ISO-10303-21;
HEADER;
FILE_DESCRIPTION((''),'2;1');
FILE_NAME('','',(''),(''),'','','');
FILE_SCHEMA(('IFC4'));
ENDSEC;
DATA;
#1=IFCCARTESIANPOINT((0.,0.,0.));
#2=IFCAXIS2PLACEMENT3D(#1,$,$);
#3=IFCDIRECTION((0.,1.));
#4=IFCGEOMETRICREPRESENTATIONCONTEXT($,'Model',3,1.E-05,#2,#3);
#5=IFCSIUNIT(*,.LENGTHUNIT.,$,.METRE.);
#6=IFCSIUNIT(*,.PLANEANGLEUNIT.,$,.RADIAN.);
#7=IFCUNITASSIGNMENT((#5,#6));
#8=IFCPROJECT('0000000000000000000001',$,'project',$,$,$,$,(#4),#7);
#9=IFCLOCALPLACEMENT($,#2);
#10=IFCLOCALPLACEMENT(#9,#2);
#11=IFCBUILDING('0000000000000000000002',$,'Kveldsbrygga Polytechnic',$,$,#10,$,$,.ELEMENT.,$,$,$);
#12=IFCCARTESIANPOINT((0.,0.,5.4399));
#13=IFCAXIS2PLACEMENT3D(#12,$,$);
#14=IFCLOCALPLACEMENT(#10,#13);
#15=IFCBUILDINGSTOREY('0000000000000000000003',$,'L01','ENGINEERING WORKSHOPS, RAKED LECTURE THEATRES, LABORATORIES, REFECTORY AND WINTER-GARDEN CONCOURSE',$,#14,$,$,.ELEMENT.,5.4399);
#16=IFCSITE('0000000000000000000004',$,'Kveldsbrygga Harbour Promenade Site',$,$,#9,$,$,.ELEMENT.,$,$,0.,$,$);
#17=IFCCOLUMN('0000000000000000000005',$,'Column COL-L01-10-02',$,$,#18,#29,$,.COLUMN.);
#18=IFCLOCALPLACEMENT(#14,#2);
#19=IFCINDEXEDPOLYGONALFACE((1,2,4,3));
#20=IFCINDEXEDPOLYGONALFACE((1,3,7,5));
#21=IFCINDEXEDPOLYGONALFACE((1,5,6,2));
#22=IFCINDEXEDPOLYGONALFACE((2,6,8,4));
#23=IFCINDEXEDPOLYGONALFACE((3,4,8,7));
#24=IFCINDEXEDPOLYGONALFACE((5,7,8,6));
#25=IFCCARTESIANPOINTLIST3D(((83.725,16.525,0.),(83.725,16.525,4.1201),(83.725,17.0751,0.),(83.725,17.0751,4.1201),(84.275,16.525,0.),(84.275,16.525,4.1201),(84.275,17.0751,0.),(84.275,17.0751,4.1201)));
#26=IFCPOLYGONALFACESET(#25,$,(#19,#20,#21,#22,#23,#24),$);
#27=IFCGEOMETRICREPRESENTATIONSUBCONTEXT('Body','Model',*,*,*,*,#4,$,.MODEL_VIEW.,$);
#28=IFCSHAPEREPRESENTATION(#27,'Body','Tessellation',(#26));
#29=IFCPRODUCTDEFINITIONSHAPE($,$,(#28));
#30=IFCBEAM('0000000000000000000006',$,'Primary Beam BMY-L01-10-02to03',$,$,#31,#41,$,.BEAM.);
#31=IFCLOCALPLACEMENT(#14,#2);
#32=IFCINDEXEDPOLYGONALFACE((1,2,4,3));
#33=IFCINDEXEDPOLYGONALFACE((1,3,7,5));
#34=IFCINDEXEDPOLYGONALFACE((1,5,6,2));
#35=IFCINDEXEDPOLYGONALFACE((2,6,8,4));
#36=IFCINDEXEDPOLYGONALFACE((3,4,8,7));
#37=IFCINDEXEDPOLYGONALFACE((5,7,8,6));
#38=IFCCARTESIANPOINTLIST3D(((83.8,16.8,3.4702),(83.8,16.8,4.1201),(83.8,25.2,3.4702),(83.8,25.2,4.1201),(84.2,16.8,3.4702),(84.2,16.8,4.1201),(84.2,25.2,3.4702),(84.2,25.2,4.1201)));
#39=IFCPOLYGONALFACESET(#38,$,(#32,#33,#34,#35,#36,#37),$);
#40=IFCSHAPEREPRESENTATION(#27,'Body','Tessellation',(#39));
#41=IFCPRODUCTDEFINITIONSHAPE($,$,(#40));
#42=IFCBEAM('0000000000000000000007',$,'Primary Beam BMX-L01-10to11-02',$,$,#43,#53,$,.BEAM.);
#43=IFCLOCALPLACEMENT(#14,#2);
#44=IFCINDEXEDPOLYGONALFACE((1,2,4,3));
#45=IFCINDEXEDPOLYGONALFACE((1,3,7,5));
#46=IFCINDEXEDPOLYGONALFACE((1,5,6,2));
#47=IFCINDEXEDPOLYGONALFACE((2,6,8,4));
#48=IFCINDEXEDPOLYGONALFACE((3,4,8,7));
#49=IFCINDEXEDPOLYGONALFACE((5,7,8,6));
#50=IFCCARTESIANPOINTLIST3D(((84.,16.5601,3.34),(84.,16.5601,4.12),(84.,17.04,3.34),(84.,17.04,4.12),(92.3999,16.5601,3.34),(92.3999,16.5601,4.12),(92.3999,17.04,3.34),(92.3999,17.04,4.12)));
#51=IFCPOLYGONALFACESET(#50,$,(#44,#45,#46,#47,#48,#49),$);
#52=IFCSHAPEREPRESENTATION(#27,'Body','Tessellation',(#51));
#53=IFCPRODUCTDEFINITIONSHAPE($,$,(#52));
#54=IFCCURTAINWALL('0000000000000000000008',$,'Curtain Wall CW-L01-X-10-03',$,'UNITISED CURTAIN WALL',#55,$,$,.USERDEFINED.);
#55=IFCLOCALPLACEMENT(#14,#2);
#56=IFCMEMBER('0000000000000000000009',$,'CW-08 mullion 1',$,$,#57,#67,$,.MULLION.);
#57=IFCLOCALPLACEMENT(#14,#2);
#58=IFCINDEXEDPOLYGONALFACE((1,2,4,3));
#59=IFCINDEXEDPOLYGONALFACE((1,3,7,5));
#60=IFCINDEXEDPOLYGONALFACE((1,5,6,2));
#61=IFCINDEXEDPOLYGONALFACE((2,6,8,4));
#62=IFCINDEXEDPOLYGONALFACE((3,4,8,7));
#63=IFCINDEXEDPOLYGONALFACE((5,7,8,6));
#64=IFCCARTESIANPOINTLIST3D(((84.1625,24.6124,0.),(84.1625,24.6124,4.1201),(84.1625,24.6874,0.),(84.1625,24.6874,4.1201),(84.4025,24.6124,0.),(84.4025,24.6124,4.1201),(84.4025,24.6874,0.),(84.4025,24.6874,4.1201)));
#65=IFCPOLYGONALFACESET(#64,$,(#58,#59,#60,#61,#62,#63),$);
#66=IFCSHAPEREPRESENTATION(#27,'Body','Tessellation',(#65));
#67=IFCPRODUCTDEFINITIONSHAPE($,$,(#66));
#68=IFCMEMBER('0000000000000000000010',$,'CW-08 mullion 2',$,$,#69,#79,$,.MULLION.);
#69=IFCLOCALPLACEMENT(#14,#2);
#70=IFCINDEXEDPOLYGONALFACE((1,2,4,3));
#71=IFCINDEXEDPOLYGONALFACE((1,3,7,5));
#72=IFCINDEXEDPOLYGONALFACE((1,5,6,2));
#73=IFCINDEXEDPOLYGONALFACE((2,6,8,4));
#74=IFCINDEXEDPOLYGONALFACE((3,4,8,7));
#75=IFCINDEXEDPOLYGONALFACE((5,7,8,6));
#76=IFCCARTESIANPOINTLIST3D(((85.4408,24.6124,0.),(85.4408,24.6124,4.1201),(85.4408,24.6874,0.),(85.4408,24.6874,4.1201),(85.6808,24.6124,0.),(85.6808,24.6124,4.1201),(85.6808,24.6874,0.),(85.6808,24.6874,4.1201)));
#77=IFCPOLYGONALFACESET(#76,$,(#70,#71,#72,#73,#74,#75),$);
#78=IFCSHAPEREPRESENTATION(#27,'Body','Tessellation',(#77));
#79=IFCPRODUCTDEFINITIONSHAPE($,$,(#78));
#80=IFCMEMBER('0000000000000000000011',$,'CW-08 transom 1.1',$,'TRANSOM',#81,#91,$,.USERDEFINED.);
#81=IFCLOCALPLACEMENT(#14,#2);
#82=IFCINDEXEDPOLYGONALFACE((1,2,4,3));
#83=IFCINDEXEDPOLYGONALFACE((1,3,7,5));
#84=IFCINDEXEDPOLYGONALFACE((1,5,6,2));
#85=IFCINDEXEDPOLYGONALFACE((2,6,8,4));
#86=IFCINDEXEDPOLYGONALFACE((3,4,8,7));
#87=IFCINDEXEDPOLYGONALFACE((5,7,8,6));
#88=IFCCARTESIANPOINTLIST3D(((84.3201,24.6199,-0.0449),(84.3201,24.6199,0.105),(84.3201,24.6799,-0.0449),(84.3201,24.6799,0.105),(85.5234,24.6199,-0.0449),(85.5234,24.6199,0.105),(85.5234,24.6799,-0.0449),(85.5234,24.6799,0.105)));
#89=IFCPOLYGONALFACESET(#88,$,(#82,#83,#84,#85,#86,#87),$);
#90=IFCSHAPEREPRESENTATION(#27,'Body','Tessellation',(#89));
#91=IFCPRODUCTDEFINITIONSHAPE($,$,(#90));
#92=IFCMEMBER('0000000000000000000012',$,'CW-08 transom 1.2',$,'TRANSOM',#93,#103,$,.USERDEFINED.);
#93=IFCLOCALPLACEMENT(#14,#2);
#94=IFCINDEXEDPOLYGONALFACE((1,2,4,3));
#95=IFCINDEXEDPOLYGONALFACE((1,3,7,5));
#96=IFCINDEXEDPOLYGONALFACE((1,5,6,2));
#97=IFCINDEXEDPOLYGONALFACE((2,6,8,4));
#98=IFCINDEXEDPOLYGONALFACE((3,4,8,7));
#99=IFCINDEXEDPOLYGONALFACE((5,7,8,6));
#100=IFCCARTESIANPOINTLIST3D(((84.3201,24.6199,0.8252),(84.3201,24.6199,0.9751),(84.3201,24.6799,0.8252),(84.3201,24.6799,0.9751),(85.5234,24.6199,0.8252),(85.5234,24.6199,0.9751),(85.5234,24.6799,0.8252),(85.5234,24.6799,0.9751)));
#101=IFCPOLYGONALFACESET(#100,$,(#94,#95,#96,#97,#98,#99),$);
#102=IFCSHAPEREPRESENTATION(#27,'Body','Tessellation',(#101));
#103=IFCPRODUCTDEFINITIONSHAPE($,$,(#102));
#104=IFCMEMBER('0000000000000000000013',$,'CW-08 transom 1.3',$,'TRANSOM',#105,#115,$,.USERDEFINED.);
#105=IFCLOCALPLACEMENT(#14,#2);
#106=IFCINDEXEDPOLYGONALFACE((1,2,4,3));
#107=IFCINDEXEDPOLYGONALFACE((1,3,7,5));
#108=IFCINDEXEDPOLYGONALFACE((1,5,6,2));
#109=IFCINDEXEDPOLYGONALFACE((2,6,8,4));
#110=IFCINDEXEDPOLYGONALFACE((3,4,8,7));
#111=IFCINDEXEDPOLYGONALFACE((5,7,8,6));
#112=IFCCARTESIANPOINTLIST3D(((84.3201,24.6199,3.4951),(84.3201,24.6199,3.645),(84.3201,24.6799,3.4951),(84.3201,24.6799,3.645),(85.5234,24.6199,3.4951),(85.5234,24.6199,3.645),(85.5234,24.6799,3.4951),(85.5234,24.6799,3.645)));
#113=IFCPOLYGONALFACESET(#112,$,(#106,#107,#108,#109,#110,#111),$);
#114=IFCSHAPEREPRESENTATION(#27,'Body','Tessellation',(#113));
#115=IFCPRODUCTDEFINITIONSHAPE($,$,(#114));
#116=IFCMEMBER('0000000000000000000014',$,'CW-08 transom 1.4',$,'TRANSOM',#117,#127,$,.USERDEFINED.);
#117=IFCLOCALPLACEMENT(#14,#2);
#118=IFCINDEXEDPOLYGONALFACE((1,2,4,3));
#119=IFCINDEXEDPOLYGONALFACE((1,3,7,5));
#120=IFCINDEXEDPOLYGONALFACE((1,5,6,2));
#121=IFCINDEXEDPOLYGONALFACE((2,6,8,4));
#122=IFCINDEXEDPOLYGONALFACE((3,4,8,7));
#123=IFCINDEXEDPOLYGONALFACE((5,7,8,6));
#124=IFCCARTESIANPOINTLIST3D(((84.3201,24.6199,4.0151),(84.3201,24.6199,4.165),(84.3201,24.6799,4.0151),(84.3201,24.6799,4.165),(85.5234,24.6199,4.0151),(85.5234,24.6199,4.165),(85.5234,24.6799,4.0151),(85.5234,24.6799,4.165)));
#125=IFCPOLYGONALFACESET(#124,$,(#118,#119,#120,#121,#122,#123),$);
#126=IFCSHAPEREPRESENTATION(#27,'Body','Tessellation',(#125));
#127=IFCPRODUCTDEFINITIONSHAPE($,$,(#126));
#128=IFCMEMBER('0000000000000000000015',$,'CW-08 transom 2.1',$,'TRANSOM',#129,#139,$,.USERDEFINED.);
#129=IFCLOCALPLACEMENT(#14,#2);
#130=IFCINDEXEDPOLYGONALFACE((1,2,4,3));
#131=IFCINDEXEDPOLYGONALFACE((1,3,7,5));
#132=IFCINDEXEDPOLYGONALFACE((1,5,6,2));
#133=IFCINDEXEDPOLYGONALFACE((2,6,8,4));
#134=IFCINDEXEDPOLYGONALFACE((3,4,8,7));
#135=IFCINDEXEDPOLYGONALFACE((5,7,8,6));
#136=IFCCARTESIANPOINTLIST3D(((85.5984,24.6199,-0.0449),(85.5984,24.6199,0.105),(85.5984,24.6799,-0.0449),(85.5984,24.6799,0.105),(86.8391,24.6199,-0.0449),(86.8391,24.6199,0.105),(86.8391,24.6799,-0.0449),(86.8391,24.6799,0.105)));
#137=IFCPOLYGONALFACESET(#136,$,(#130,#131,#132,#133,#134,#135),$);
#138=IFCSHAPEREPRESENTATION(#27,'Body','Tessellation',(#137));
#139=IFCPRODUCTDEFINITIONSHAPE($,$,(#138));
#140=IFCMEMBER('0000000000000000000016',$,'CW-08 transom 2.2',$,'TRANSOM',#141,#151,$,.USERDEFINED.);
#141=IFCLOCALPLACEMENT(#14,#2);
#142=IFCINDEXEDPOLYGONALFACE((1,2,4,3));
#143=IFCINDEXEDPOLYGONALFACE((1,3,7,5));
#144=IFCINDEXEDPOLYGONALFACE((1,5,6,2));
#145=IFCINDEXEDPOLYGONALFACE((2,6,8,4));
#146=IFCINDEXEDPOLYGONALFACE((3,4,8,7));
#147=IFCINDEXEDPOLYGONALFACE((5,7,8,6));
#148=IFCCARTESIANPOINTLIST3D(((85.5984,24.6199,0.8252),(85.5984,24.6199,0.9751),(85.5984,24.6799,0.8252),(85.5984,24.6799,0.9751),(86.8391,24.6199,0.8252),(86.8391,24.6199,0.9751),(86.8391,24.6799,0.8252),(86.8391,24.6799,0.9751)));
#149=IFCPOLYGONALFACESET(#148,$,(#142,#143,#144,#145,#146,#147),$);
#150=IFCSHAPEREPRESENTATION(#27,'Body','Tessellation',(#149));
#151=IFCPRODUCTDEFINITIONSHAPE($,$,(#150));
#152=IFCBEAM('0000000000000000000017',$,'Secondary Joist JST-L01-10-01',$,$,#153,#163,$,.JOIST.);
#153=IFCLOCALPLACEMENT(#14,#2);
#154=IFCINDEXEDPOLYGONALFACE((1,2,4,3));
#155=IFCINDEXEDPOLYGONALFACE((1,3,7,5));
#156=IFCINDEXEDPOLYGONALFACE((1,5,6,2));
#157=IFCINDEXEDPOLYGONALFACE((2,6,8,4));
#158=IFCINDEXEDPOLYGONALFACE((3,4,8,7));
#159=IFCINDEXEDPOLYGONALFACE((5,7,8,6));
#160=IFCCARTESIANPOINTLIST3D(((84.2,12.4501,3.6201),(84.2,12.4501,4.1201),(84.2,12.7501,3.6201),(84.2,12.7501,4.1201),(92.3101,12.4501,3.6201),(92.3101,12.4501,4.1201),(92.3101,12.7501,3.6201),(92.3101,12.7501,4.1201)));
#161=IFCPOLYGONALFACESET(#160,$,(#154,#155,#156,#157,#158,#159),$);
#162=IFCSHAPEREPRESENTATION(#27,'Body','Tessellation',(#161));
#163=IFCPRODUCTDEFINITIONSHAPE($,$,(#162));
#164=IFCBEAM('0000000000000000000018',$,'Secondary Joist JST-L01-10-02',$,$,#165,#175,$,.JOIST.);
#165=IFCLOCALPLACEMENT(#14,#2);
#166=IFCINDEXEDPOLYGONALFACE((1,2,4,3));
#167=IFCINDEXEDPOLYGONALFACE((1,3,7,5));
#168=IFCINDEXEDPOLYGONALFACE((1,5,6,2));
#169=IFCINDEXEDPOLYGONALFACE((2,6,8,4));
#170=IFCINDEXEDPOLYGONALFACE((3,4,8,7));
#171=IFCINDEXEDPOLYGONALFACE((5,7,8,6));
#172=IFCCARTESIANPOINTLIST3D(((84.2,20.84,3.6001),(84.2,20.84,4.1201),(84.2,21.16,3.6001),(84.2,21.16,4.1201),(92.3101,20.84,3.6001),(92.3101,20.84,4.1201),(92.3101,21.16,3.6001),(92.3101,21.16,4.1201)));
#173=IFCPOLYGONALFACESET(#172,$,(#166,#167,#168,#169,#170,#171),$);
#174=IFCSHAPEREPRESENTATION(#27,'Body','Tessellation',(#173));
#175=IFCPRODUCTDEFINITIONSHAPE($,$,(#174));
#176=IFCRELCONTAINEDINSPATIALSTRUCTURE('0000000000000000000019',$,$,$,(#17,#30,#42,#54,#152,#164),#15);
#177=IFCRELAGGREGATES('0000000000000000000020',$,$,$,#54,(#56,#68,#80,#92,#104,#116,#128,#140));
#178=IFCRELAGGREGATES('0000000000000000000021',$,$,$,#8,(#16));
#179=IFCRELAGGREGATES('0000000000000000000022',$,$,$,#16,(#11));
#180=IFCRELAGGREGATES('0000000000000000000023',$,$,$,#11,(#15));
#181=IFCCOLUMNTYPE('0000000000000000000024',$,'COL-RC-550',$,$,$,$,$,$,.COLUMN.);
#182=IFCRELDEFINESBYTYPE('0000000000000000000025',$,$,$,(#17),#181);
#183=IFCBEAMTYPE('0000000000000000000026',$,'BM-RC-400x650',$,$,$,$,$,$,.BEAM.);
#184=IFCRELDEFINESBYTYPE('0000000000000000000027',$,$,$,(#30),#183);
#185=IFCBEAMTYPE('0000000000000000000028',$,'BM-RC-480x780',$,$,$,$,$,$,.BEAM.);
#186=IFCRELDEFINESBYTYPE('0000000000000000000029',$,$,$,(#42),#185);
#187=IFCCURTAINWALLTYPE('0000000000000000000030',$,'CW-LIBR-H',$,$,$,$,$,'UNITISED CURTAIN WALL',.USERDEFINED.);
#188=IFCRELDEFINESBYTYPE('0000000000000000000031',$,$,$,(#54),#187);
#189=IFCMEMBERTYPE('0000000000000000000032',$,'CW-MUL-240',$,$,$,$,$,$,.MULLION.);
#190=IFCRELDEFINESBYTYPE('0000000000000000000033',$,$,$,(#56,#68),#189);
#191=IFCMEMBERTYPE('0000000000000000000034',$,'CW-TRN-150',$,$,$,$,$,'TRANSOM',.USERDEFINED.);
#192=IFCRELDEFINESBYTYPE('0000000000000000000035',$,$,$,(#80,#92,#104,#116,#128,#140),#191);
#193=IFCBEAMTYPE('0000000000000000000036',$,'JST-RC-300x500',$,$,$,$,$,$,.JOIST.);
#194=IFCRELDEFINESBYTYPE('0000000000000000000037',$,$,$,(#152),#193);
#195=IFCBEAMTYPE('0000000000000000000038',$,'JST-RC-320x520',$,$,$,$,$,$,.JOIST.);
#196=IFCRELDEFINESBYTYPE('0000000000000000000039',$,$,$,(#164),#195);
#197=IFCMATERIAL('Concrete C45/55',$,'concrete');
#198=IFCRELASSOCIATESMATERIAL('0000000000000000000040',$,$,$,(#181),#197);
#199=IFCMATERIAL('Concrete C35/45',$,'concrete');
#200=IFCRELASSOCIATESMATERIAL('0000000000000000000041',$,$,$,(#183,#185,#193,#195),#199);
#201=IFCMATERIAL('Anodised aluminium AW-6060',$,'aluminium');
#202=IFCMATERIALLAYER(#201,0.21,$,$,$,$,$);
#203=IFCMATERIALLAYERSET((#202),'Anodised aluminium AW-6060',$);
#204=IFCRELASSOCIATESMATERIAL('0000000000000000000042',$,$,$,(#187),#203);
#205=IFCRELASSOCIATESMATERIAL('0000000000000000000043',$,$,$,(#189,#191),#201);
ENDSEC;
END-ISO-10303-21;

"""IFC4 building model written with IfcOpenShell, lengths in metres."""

from ifc_helpers import new_model, si_unit, direction, frame, origin, origin_2d, place, context, subcontext, project, spatial, rectangle, extrude, material, layer, layer_set, material_profile, profile_set, type_object, element, aggregate, save


model = new_model("IFC4")

# Units and contexts
model_context = context("Model", 3, precision=1e-05, world=origin(), true_north=direction((0.0, 1.0)))
body_context = subcontext(model_context, "Body", "Model", "MODEL_VIEW")
ifc_project = project(units=[si_unit("LENGTHUNIT", "METRE"), si_unit("PLANEANGLEUNIT", "RADIAN")], contexts=[model_context])

# Site, building, storey
site_placement = place(None, origin())
site = spatial("IfcSite", under=ifc_project, at=site_placement, Name="Kveldsbrygga Harbour Promenade Site", CompositionType="ELEMENT", RefElevation=0.0)
building_placement = place(site_placement, origin())
building = spatial("IfcBuilding", under=site, at=building_placement, Name="Kveldsbrygga Polytechnic", CompositionType="ELEMENT")
storey_placement = place(building_placement, frame((0.0, 0.0, 5.4399)))
storey = spatial("IfcBuildingStorey", under=building, at=storey_placement, Name="L01", Description="ENGINEERING WORKSHOPS, RAKED LECTURE THEATRES, LABORATORIES, REFECTORY AND WINTER-GARDEN CONCOURSE", CompositionType="ELEMENT", Elevation=5.4399)

# Column
ifc_material_1 = material(Name="Concrete C45/55", Category="concrete")
ifc_material_profile_1 = material_profile(ifc_material_1, rectangle(XDim=0.55, YDim=0.55, at=origin_2d()), Name="RC 550x550")
ifc_profile_set_1 = profile_set([ifc_material_profile_1], Name="Concrete C45/55")
column_type = type_object("IfcColumnType", Name="COL-RC-550", PredefinedType="COLUMN", material=ifc_profile_set_1)
column_placement = place(storey_placement, frame((84.0, 16.8, 0.0), z_axis=(0.0, 0.0, 1.0), x_axis=(1.0, 0.0, 0.0)))
element("IfcColumn", 1, at=column_placement, inside=storey, type_object=column_type, Name="Column COL-L01-10-02", PredefinedType="COLUMN", context=body_context, shape_type="SweptSolid", body=[
    extrude(rectangle(XDim=0.55, YDim=0.55, at=origin_2d()), origin(), (0.0, 0.0, 1.0), 4.1201),
])

# Beams
ifc_material_2 = material(Name="Concrete C35/45", Category="concrete")
ifc_material_profile_2 = material_profile(ifc_material_2, rectangle(XDim=0.3999, YDim=0.6499, at=origin_2d()), Name="RC 400x650")
ifc_profile_set_2 = profile_set([ifc_material_profile_2], Name="Concrete C35/45")
beam_type_1 = type_object("IfcBeamType", Name="BM-RC-400x650", PredefinedType="BEAM", material=ifc_profile_set_2)
beam_1_placement = place(storey_placement, frame((84.0, 16.8, 3.7952), z_axis=(0.0, 1.0, 0.0), x_axis=(-1.0, 0.0, 0.0)))
element("IfcBeam", 2, at=beam_1_placement, inside=storey, type_object=beam_type_1, Name="Primary Beam BMY-L01-10-02to03", PredefinedType="BEAM", context=body_context, shape_type="SweptSolid", body=[
    extrude(rectangle(XDim=0.3999, YDim=0.6499, at=origin_2d()), origin(), (0.0, 0.0, 1.0), 8.3999),
])
ifc_material_profile_3 = material_profile(ifc_material_2, rectangle(XDim=0.48, YDim=0.78, at=origin_2d()), Name="RC 480x780")
ifc_profile_set_3 = profile_set([ifc_material_profile_3], Name="Concrete C35/45")
beam_type_2 = type_object("IfcBeamType", Name="BM-RC-480x780", PredefinedType="BEAM", material=ifc_profile_set_3)
beam_2_placement = place(storey_placement, frame((84.0, 16.8, 3.73), z_axis=(1.0, 0.0, 0.0), x_axis=(0.0, 1.0, 0.0)))
element("IfcBeam", 3, at=beam_2_placement, inside=storey, type_object=beam_type_2, Name="Primary Beam BMX-L01-10to11-02", PredefinedType="BEAM", context=body_context, shape_type="SweptSolid", body=[
    extrude(rectangle(XDim=0.48, YDim=0.78, at=origin_2d()), origin(), (0.0, 0.0, 1.0), 8.3999),
])

# Curtain wall, members
ifc_material_3 = material(Name="Anodised aluminium AW-6060", Category="aluminium")
ifc_layer_1 = layer(ifc_material_3, 0.21)
ifc_layer_set_1 = layer_set([ifc_layer_1], Name="Anodised aluminium AW-6060")
curtain_wall_type = type_object("IfcCurtainWallType", Name="CW-LIBR-H", ElementType="UNITISED CURTAIN WALL", PredefinedType="USERDEFINED", material=ifc_layer_set_1)
curtain_wall_placement = place(storey_placement, origin())
curtain_wall = element("IfcCurtainWall", 4, at=curtain_wall_placement, inside=storey, type_object=curtain_wall_type, Name="Curtain Wall CW-L01-X-10-03", ObjectType="UNITISED CURTAIN WALL", PredefinedType="USERDEFINED")
ifc_material_profile_4 = material_profile(ifc_material_3, rectangle(XDim=0.075, YDim=0.24, at=origin_2d()), Name="ALU 75x240")
ifc_profile_set_4 = profile_set([ifc_material_profile_4], Name="Anodised aluminium AW-6060")
member_type_1 = type_object("IfcMemberType", Name="CW-MUL-240", PredefinedType="MULLION", material=ifc_profile_set_4)
member_1_placement = place(storey_placement, frame((84.2825, 24.6499, 0.0), z_axis=(0.0, 0.0, 1.0), x_axis=(0.0, 1.0, 0.0)))
member_1 = element("IfcMember", 5, at=member_1_placement, type_object=member_type_1, Name="CW-08 mullion 1", PredefinedType="MULLION", context=body_context, shape_type="SweptSolid", body=[
    extrude(rectangle(XDim=0.075, YDim=0.24, at=origin_2d()), origin(), (0.0, 0.0, 1.0), 4.1201),
])
member_2_placement = place(storey_placement, frame((85.5608, 24.6499, 0.0), z_axis=(0.0, 0.0, 1.0), x_axis=(0.0, 1.0, 0.0)))
member_2 = element("IfcMember", 6, at=member_2_placement, type_object=member_type_1, Name="CW-08 mullion 2", PredefinedType="MULLION", context=body_context, shape_type="SweptSolid", body=[
    extrude(rectangle(XDim=0.075, YDim=0.24, at=origin_2d()), origin(), (0.0, 0.0, 1.0), 4.1201),
])
ifc_material_profile_5 = material_profile(ifc_material_3, rectangle(XDim=0.0601, YDim=0.1499, at=origin_2d()), Name="ALU 60x150")
ifc_profile_set_5 = profile_set([ifc_material_profile_5], Name="Anodised aluminium AW-6060")
member_type_2 = type_object("IfcMemberType", Name="CW-TRN-150", ElementType="TRANSOM", PredefinedType="USERDEFINED", material=ifc_profile_set_5)
member_3_placement = place(storey_placement, frame((84.3201, 24.6499, 0.03), z_axis=(1.0, 0.0, 0.0), x_axis=(0.0, 1.0, 0.0)))
member_3 = element("IfcMember", 7, at=member_3_placement, type_object=member_type_2, Name="CW-08 transom 1.1", ObjectType="TRANSOM", PredefinedType="USERDEFINED", context=body_context, shape_type="SweptSolid", body=[
    extrude(rectangle(XDim=0.0601, YDim=0.1499, at=origin_2d()), origin(), (0.0, 0.0, 1.0), 1.2034),
])
member_4_placement = place(storey_placement, frame((84.3201, 24.6499, 0.9001), z_axis=(1.0, 0.0, 0.0), x_axis=(0.0, 1.0, 0.0)))
member_4 = element("IfcMember", 8, at=member_4_placement, type_object=member_type_2, Name="CW-08 transom 1.2", ObjectType="TRANSOM", PredefinedType="USERDEFINED", context=body_context, shape_type="SweptSolid", body=[
    extrude(rectangle(XDim=0.0601, YDim=0.1499, at=origin_2d()), origin(), (0.0, 0.0, 1.0), 1.2034),
])
member_5_placement = place(storey_placement, frame((84.3201, 24.6499, 3.5701), z_axis=(1.0, 0.0, 0.0), x_axis=(0.0, 1.0, 0.0)))
member_5 = element("IfcMember", 9, at=member_5_placement, type_object=member_type_2, Name="CW-08 transom 1.3", ObjectType="TRANSOM", PredefinedType="USERDEFINED", context=body_context, shape_type="SweptSolid", body=[
    extrude(rectangle(XDim=0.0601, YDim=0.1499, at=origin_2d()), origin(), (0.0, 0.0, 1.0), 1.2034),
])
member_6_placement = place(storey_placement, frame((84.3201, 24.6499, 4.0901), z_axis=(1.0, 0.0, 0.0), x_axis=(0.0, 1.0, 0.0)))
member_6 = element("IfcMember", 10, at=member_6_placement, type_object=member_type_2, Name="CW-08 transom 1.4", ObjectType="TRANSOM", PredefinedType="USERDEFINED", context=body_context, shape_type="SweptSolid", body=[
    extrude(rectangle(XDim=0.0601, YDim=0.1499, at=origin_2d()), origin(), (0.0, 0.0, 1.0), 1.2034),
])
member_7_placement = place(storey_placement, frame((85.5984, 24.6499, 0.03), z_axis=(1.0, 0.0, 0.0), x_axis=(0.0, 1.0, 0.0)))
member_7 = element("IfcMember", 11, at=member_7_placement, type_object=member_type_2, Name="CW-08 transom 2.1", ObjectType="TRANSOM", PredefinedType="USERDEFINED", context=body_context, shape_type="SweptSolid", body=[
    extrude(rectangle(XDim=0.0601, YDim=0.1499, at=origin_2d()), origin(), (0.0, 0.0, 1.0), 1.2407),
])
member_8_placement = place(storey_placement, frame((85.5984, 24.6499, 0.9001), z_axis=(1.0, 0.0, 0.0), x_axis=(0.0, 1.0, 0.0)))
member_8 = element("IfcMember", 12, at=member_8_placement, type_object=member_type_2, Name="CW-08 transom 2.2", ObjectType="TRANSOM", PredefinedType="USERDEFINED", context=body_context, shape_type="SweptSolid", body=[
    extrude(rectangle(XDim=0.0601, YDim=0.1499, at=origin_2d()), origin(), (0.0, 0.0, 1.0), 1.2407),
])

# Beams
ifc_material_profile_6 = material_profile(ifc_material_2, rectangle(XDim=0.3, YDim=0.5, at=origin_2d()), Name="RC 300x500")
ifc_profile_set_6 = profile_set([ifc_material_profile_6], Name="Concrete C35/45")
beam_type_3 = type_object("IfcBeamType", Name="JST-RC-300x500", PredefinedType="JOIST", material=ifc_profile_set_6)
beam_3_placement = place(storey_placement, frame((84.2, 12.6001, 3.8701), z_axis=(1.0, 0.0, 0.0), x_axis=(0.0, 1.0, 0.0)))
element("IfcBeam", 13, at=beam_3_placement, inside=storey, type_object=beam_type_3, Name="Secondary Joist JST-L01-10-01", PredefinedType="JOIST", context=body_context, shape_type="SweptSolid", body=[
    extrude(rectangle(XDim=0.3, YDim=0.5, at=origin_2d()), origin(), (0.0, 0.0, 1.0), 8.1101),
])
ifc_material_profile_7 = material_profile(ifc_material_2, rectangle(XDim=0.3201, YDim=0.52, at=origin_2d()), Name="RC 320x520")
ifc_profile_set_7 = profile_set([ifc_material_profile_7], Name="Concrete C35/45")
beam_type_4 = type_object("IfcBeamType", Name="JST-RC-320x520", PredefinedType="JOIST", material=ifc_profile_set_7)
beam_4_placement = place(storey_placement, frame((84.2, 21.0, 3.8601), z_axis=(1.0, 0.0, 0.0), x_axis=(0.0, 1.0, 0.0)))
element("IfcBeam", 14, at=beam_4_placement, inside=storey, type_object=beam_type_4, Name="Secondary Joist JST-L01-10-02", PredefinedType="JOIST", context=body_context, shape_type="SweptSolid", body=[
    extrude(rectangle(XDim=0.3201, YDim=0.52, at=origin_2d()), origin(), (0.0, 0.0, 1.0), 8.1101),
])

aggregate(curtain_wall, [member_1, member_2, member_3, member_4, member_5, member_6, member_7, member_8])

save(model, "model.ifc")
